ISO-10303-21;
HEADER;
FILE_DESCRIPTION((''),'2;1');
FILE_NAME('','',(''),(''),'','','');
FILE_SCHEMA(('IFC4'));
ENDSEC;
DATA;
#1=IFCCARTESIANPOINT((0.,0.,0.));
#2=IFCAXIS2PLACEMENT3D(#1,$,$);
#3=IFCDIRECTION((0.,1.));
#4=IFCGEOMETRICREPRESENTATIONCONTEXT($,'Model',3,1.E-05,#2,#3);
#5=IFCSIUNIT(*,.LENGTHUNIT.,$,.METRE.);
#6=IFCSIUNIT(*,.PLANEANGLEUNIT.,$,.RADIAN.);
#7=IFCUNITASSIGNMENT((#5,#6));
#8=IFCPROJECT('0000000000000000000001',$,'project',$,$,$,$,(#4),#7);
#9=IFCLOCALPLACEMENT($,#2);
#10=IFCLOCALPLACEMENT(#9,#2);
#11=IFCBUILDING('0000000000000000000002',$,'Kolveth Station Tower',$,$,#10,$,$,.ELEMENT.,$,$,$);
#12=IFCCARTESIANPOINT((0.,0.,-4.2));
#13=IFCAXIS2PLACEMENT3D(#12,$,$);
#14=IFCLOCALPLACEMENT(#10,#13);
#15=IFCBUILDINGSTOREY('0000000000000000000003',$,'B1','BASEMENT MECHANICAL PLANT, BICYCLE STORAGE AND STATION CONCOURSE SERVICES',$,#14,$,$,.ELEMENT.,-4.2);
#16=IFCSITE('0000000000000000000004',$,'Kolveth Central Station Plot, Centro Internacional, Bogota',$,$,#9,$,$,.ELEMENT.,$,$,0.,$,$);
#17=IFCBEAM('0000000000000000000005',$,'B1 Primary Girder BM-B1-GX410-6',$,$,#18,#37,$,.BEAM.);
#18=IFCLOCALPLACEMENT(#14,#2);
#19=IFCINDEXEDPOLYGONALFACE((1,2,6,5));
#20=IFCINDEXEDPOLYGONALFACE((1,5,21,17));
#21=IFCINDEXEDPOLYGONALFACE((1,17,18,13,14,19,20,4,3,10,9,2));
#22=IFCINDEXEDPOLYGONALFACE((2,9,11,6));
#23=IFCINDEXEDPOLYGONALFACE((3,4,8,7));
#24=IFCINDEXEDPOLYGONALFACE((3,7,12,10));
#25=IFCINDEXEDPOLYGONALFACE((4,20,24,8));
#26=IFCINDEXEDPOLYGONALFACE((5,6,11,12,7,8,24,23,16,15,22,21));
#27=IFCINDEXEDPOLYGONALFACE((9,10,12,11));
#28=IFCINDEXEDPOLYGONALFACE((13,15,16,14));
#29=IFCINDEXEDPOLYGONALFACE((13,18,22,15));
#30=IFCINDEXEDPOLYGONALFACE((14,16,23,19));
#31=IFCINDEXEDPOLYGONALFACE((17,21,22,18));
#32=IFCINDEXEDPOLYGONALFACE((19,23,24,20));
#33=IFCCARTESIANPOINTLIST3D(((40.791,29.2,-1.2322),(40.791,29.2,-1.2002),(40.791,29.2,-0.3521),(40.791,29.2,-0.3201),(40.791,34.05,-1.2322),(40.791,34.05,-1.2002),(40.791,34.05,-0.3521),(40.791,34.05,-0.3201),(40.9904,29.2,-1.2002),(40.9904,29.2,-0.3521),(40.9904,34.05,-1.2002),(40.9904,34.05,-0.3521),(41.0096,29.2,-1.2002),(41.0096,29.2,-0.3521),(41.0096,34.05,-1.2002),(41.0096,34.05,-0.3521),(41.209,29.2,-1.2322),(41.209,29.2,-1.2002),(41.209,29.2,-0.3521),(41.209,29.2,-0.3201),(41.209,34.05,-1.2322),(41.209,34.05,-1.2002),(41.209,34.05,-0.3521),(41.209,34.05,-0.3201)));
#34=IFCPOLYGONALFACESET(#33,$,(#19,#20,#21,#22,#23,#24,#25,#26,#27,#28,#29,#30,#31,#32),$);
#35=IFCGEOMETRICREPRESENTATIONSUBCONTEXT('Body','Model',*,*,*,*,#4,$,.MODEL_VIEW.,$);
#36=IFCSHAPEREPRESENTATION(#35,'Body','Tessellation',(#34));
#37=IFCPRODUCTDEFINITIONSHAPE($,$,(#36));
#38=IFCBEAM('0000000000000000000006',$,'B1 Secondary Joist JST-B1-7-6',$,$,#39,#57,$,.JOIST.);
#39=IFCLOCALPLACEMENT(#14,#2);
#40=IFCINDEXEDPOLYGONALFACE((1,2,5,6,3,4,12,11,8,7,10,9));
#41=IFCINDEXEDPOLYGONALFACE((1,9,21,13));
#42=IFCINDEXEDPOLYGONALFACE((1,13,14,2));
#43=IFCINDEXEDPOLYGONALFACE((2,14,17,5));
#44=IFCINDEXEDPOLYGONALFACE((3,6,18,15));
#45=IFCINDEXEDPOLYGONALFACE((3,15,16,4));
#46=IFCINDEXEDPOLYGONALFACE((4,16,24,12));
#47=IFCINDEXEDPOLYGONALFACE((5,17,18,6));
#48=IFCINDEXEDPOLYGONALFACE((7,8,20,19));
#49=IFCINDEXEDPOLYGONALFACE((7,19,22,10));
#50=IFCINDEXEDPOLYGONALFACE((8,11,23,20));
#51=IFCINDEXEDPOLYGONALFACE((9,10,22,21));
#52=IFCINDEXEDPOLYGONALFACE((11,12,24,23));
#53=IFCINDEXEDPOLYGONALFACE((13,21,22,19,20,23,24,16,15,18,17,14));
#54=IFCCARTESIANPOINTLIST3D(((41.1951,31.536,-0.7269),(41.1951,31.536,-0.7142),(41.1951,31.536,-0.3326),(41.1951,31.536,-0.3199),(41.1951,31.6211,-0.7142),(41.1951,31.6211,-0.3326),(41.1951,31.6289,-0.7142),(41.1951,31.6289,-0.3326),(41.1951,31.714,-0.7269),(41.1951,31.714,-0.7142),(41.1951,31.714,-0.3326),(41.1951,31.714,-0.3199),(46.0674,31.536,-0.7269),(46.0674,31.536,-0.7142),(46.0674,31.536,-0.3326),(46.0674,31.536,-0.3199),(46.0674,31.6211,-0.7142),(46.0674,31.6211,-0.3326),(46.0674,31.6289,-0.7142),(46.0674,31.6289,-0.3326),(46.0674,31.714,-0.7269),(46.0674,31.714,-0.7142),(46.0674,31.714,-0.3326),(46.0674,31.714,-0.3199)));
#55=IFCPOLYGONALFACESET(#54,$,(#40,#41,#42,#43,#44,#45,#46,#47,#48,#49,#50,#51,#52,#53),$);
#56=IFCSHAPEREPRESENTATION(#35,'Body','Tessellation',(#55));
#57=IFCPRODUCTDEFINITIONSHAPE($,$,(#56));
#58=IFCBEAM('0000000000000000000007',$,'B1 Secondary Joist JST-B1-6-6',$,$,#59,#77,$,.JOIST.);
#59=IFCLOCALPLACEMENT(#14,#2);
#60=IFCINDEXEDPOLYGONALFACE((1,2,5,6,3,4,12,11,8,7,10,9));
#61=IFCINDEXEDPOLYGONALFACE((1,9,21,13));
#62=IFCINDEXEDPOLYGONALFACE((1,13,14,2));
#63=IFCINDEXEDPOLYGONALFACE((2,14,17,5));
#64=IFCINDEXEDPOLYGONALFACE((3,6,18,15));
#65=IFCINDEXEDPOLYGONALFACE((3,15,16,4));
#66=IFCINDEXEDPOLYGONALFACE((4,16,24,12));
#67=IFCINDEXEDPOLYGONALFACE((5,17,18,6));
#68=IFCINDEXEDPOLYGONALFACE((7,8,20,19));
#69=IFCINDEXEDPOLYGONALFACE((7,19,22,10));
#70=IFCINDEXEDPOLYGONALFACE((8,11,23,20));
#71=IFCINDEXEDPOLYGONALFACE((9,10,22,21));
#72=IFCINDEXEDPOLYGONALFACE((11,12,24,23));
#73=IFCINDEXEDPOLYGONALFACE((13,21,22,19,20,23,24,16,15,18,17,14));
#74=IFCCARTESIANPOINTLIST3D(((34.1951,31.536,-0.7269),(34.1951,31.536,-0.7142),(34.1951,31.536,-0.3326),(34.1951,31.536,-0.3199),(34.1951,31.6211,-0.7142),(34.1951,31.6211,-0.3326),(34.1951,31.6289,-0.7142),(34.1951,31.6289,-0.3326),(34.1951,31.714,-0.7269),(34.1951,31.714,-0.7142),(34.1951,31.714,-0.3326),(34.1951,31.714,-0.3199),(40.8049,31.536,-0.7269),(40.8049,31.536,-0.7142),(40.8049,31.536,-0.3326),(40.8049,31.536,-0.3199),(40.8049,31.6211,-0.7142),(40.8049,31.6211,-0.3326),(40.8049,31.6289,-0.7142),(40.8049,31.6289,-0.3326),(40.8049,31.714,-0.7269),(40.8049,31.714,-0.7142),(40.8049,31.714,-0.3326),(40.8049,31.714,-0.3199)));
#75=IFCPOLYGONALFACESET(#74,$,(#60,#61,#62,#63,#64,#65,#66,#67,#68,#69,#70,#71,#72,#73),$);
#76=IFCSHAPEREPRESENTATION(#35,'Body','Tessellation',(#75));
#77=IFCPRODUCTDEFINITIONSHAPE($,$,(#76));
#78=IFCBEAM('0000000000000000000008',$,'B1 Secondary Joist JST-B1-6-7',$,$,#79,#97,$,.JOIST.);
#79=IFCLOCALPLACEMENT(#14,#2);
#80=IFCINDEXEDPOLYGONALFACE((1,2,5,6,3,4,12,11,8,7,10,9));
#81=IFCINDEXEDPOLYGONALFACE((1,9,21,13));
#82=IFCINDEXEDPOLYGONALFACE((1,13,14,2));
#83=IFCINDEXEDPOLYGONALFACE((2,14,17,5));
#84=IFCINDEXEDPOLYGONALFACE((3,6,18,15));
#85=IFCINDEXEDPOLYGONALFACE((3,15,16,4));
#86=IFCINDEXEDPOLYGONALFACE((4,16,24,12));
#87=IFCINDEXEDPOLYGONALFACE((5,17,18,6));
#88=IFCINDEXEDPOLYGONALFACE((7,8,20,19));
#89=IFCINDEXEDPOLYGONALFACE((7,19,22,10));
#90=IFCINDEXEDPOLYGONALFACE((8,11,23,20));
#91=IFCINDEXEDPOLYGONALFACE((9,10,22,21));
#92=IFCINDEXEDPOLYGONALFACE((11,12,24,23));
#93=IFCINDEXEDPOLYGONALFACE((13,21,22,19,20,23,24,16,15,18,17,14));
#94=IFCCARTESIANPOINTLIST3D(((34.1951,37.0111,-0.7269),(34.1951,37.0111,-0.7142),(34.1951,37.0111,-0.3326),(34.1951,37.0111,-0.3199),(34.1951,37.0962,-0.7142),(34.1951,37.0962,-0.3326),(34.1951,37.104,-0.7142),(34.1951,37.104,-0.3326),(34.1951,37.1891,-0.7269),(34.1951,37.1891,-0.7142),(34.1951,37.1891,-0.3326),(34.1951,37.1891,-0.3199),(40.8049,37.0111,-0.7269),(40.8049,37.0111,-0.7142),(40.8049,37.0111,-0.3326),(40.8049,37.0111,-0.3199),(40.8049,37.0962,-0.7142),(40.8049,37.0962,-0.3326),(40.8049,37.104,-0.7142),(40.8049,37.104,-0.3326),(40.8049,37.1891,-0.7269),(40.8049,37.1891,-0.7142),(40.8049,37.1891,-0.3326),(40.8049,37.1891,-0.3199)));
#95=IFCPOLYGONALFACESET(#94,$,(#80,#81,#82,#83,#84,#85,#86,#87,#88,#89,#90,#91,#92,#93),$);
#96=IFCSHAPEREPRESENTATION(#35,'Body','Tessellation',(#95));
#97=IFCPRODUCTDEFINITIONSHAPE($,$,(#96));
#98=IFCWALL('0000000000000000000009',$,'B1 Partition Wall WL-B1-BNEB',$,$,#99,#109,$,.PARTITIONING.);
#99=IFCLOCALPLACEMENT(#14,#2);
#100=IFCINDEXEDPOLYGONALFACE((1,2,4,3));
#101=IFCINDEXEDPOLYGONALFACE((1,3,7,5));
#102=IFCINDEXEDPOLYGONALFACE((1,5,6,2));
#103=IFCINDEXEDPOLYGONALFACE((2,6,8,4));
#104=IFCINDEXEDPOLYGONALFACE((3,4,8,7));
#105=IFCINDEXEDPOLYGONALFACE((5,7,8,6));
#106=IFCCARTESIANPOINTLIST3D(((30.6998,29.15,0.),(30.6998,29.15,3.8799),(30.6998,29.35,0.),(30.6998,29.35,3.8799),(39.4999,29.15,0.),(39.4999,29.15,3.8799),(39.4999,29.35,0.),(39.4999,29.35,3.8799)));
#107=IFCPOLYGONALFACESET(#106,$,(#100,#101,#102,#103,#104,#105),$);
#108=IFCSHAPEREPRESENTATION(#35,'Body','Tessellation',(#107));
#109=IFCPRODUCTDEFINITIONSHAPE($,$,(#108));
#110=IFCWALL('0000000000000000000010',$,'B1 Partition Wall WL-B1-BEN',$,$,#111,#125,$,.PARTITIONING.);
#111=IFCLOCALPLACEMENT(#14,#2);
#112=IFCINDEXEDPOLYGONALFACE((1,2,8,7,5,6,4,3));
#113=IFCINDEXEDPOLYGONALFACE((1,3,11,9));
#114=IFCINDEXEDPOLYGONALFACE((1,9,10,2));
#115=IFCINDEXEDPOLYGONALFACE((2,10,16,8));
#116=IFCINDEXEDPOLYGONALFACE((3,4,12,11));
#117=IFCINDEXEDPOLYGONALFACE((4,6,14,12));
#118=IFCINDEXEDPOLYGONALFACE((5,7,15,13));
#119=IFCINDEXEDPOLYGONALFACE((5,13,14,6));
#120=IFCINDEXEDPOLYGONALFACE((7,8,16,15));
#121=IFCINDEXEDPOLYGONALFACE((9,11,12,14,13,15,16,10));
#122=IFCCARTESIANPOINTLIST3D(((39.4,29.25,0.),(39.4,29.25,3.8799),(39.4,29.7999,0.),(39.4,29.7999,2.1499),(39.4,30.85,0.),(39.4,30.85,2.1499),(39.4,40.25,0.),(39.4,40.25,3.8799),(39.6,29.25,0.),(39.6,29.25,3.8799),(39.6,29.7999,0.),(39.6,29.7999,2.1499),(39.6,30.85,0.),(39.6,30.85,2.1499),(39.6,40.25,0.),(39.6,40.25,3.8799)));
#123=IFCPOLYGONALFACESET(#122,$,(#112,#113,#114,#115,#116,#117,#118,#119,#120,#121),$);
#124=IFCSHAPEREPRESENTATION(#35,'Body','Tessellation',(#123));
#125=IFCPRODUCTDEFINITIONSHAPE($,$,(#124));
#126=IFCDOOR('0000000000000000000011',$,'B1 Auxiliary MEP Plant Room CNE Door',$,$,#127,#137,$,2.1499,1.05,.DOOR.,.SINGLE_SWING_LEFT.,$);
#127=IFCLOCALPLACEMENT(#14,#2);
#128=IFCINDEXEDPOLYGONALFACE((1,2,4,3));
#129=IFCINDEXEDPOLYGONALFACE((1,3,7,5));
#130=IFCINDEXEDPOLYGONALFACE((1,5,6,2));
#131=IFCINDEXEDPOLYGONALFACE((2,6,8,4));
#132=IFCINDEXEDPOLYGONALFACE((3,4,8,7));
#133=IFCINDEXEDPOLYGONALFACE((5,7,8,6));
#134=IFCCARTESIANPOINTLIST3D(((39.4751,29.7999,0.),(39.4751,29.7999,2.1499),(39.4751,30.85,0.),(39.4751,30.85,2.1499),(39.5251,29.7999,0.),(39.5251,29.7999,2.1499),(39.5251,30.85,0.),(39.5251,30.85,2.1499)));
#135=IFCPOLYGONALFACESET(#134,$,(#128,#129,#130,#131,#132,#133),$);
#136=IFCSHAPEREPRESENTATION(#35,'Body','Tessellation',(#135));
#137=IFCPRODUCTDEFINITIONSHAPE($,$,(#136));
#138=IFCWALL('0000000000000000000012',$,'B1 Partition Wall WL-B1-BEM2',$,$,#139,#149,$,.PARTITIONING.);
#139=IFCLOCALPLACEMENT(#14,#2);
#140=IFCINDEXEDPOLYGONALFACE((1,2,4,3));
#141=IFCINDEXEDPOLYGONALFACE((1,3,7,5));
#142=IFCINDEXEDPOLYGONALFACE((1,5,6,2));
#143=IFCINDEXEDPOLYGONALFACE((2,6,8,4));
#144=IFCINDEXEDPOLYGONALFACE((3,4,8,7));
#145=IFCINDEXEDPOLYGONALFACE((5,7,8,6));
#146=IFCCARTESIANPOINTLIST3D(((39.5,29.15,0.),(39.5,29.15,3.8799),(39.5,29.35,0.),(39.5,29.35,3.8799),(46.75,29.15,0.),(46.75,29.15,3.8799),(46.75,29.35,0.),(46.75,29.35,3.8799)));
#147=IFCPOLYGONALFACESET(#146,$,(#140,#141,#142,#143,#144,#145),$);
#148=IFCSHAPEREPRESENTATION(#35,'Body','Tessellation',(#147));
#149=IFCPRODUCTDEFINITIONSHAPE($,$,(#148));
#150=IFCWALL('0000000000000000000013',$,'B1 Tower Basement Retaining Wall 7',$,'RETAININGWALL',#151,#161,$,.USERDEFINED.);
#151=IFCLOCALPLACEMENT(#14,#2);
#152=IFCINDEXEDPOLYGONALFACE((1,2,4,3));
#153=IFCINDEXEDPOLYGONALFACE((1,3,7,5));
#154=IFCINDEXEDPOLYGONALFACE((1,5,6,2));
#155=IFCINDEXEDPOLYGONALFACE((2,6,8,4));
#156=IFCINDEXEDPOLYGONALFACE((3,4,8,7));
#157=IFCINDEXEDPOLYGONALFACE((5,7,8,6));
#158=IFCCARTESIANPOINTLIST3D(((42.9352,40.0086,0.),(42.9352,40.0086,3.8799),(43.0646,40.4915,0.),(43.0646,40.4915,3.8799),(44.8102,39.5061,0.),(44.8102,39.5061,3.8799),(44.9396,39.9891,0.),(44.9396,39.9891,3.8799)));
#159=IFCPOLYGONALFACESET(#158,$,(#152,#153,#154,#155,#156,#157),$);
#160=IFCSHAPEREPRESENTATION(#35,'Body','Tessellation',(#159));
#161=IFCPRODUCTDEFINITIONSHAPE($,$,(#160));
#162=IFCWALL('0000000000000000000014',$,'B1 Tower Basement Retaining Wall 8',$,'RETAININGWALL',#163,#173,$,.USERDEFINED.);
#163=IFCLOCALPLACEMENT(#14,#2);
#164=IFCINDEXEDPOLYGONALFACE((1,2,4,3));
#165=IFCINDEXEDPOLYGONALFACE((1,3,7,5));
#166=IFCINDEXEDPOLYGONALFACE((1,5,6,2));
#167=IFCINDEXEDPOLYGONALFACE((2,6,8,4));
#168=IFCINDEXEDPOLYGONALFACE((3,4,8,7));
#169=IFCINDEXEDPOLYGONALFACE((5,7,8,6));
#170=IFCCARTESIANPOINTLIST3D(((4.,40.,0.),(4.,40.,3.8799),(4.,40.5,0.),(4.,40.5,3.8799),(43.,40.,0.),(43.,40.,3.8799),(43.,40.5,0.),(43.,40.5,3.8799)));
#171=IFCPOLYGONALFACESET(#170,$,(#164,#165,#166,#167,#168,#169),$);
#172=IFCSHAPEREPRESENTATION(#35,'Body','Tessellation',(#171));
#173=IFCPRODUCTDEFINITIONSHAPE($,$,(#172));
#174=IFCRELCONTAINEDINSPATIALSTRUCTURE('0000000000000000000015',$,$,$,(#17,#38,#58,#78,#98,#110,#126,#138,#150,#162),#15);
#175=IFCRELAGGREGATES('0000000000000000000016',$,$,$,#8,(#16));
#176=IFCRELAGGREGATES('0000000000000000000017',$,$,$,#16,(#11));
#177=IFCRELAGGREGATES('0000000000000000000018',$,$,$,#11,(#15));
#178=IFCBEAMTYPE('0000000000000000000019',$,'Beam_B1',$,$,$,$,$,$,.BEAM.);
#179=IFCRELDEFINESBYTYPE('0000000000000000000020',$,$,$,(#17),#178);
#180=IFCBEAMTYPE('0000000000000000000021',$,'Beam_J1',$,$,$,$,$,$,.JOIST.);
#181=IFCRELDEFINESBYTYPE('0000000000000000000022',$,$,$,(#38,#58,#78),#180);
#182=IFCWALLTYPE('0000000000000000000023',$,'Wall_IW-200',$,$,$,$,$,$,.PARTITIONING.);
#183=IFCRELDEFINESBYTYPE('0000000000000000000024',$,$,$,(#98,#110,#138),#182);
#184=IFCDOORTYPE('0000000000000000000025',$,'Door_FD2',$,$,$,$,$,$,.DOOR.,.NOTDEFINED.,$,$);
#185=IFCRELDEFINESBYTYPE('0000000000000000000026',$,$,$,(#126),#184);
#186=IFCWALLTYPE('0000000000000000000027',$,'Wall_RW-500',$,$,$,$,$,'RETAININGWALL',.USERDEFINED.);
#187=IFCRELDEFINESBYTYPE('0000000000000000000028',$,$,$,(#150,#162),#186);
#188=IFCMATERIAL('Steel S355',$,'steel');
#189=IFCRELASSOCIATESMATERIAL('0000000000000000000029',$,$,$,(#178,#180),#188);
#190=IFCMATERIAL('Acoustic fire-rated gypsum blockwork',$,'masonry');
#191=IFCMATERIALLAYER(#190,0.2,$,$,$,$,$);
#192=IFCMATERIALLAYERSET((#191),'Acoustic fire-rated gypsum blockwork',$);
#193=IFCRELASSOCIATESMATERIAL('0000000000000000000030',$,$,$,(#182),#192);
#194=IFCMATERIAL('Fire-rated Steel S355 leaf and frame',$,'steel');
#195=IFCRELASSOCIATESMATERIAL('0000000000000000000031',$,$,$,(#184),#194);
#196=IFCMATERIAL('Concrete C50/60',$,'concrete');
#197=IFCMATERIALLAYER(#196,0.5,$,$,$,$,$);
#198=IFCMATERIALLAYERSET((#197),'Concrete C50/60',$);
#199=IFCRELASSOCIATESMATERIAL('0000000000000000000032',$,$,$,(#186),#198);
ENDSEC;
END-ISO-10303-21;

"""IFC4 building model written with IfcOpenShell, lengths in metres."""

from ifc_helpers import new_model, si_unit, direction, frame, frame_2d, origin, origin_2d, place, context, subcontext, project, spatial, rectangle, i_section, extrude, source, transform, mapped, material, layer, layer_set, material_profile, profile_set, type_object, element, fill, save


model = new_model("IFC4")

# Units and contexts
model_context = context("Model", 3, precision=1e-05, world=origin(), true_north=direction((0.0, 1.0)))
body_context = subcontext(model_context, "Body", "Model", "MODEL_VIEW")
ifc_project = project(units=[si_unit("LENGTHUNIT", "METRE"), si_unit("PLANEANGLEUNIT", "RADIAN")], contexts=[model_context])

# Site, building, storey
site_placement = place(None, origin())
site = spatial("IfcSite", under=ifc_project, at=site_placement, Name="Kolveth Central Station Plot, Centro Internacional, Bogota", CompositionType="ELEMENT", RefElevation=0.0)
building_placement = place(site_placement, origin())
building = spatial("IfcBuilding", under=site, at=building_placement, Name="Kolveth Station Tower", CompositionType="ELEMENT")
storey_placement = place(building_placement, frame((0.0, 0.0, -4.2)))
storey = spatial("IfcBuildingStorey", under=building, at=storey_placement, Name="B1", Description="BASEMENT MECHANICAL PLANT, BICYCLE STORAGE AND STATION CONCOURSE SERVICES", CompositionType="ELEMENT", Elevation=-4.2)

# Beams
ifc_material_1 = material(Name="Steel S355", Category="steel")
ifc_material_profile_1 = material_profile(ifc_material_1, i_section(OverallWidth=0.418, OverallDepth=0.9121, WebThickness=0.0193, FlangeThickness=0.032, at=origin_2d()), Name="W920x342")
ifc_profile_set_1 = profile_set([ifc_material_profile_1], Name="Steel S355")
beam_type_1 = type_object("IfcBeamType", Name="Beam_B1", PredefinedType="BEAM", material=ifc_profile_set_1)
shared_shape_1 = source(origin(), body_context, "Body", "SweptSolid", [
    extrude(i_section(OverallWidth=0.418, OverallDepth=0.9121, WebThickness=0.0193, FlangeThickness=0.032, at=origin_2d()), origin(), (0.0, 0.0, 1.0), 4.8501),
])
for number, where, z_axis, x_axis, name in (
    (1, (41.0, 29.2, -0.7761), (0.0, 1.0, 0.0), (-1.0, 0.0, 0.0), "B1 Primary Girder BM-B1-GX410-6"),
):
    element("IfcBeam", number, at=place(storey_placement, frame(where, z_axis=z_axis, x_axis=x_axis)), inside=storey, type_object=beam_type_1, Name=name, PredefinedType="BEAM", context=body_context, shape_type="MappedRepresentation", body=[
        mapped(shared_shape_1, transform((0.0, 0.0, 0.0), x_axis=(1.0, 0.0, 0.0), y_axis=(0.0, 1.0, 0.0), z_axis=(0.0, 0.0, 1.0), scale=1.0)),
    ])
ifc_material_profile_2 = material_profile(ifc_material_1, i_section(OverallWidth=0.178, OverallDepth=0.407, WebThickness=0.0078, FlangeThickness=0.0127, at=origin_2d()), Name="W410x60")
ifc_profile_set_2 = profile_set([ifc_material_profile_2], Name="Steel S355")
beam_type_2 = type_object("IfcBeamType", Name="Beam_J1", PredefinedType="JOIST", material=ifc_profile_set_2)
shared_shape_2 = source(origin(), body_context, "Body", "SweptSolid", [
    extrude(i_section(OverallWidth=0.178, OverallDepth=0.407, WebThickness=0.0078, FlangeThickness=0.0127, at=origin_2d()), origin(), (0.0, 0.0, 1.0), 4.8723),
])
beam_1_placement = place(storey_placement, frame((41.1951, 31.625, -0.5234), z_axis=(1.0, 0.0, 0.0), x_axis=(0.0, 1.0, 0.0)))
element("IfcBeam", 2, at=beam_1_placement, inside=storey, type_object=beam_type_2, Name="B1 Secondary Joist JST-B1-7-6", PredefinedType="JOIST", context=body_context, shape_type="MappedRepresentation", body=[
    mapped(shared_shape_2, transform((0.0, 0.0, 0.0), x_axis=(1.0, 0.0, 0.0), y_axis=(0.0, 1.0, 0.0), z_axis=(0.0, 0.0, 1.0), scale=1.0)),
])
shared_shape_3 = source(origin(), body_context, "Body", "SweptSolid", [
    extrude(i_section(OverallWidth=0.178, OverallDepth=0.407, WebThickness=0.0078, FlangeThickness=0.0127, at=origin_2d()), origin(), (0.0, 0.0, 1.0), 6.6099),
])
for number, where, z_axis, x_axis, name in (
    (3, (34.1951, 31.625, -0.5234), (1.0, 0.0, 0.0), (0.0, 1.0, 0.0), "B1 Secondary Joist JST-B1-6-6"),
    (4, (34.1951, 37.1001, -0.5234), (1.0, 0.0, 0.0), (0.0, 1.0, 0.0), "B1 Secondary Joist JST-B1-6-7"),
):
    element("IfcBeam", number, at=place(storey_placement, frame(where, z_axis=z_axis, x_axis=x_axis)), inside=storey, type_object=beam_type_2, Name=name, PredefinedType="JOIST", context=body_context, shape_type="MappedRepresentation", body=[
        mapped(shared_shape_3, transform((0.0, 0.0, 0.0), x_axis=(1.0, 0.0, 0.0), y_axis=(0.0, 1.0, 0.0), z_axis=(0.0, 0.0, 1.0), scale=1.0)),
    ])

# Wall
ifc_material_2 = material(Name="Acoustic fire-rated gypsum blockwork", Category="masonry")
ifc_layer_1 = layer(ifc_material_2, 0.2)
ifc_layer_set_1 = layer_set([ifc_layer_1], Name="Acoustic fire-rated gypsum blockwork")
wall_type_1 = type_object("IfcWallType", Name="Wall_IW-200", PredefinedType="PARTITIONING", material=ifc_layer_set_1)
wall_1_placement = place(storey_placement, frame((30.7, 29.25, 0.0), z_axis=(0.0, 0.0, 1.0), x_axis=(1.0, 0.0, 0.0)))
element("IfcWall", 5, at=wall_1_placement, inside=storey, type_object=wall_type_1, Name="B1 Partition Wall WL-B1-BNEB", PredefinedType="PARTITIONING", context=body_context, shape_type="SweptSolid", body=[
    extrude(rectangle(XDim=8.8, YDim=0.2, at=frame_2d((4.3999, 0.0))), origin(), (0.0, 0.0, 1.0), 3.8799),
])

# Wall, opening, door
wall_2_placement = place(storey_placement, frame((39.5, 29.25, 0.0), z_axis=(0.0, 0.0, 1.0), x_axis=(0.0, 1.0, 0.0)))
wall_2 = element("IfcWall", 6, at=wall_2_placement, inside=storey, type_object=wall_type_1, Name="B1 Partition Wall WL-B1-BEN", PredefinedType="PARTITIONING", context=body_context, shape_type="SweptSolid", body=[
    extrude(rectangle(XDim=11.0, YDim=0.2, at=frame_2d((5.5, 0.0))), origin(), (0.0, 0.0, 1.0), 3.8799),
])
opening_placement = place(wall_2_placement, frame((0.55, 0.0, 0.0)))
opening = element("IfcOpeningElement", 7, at=opening_placement, cuts=wall_2, PredefinedType="OPENING", context=body_context, shape_type="SweptSolid", body=[
    extrude(rectangle(XDim=1.05, YDim=2.1499, at=frame_2d((0.5249, 1.075))), frame((0.0, 0.1099, 0.0), z_axis=(0.0, -1.0, 0.0), x_axis=(1.0, 0.0, 0.0)), (0.0, 0.0, 1.0), 0.22),
])
ifc_material_3 = material(Name="Fire-rated Steel S355 leaf and frame", Category="steel")
door_type = type_object("IfcDoorType", Name="Door_FD2", OperationType="NOTDEFINED", PredefinedType="DOOR", material=ifc_material_3)
door_placement = place(opening_placement, origin())
door = element("IfcDoor", 8, at=door_placement, inside=storey, type_object=door_type, Name="B1 Auxiliary MEP Plant Room CNE Door", OperationType="SINGLE_SWING_LEFT", OverallHeight=2.1499, OverallWidth=1.05, PredefinedType="DOOR", context=body_context, shape_type="SweptSolid", body=[
    extrude(rectangle(XDim=1.05, YDim=2.1499, at=frame_2d((0.5249, 1.075))), frame((0.0, 0.0249, 0.0), z_axis=(0.0, -1.0, 0.0), x_axis=(1.0, 0.0, 0.0)), (0.0, 0.0, 1.0), 0.05),
])
fill(opening, door)

# Walls
wall_3_placement = place(storey_placement, frame((39.5, 29.25, 0.0), z_axis=(0.0, 0.0, 1.0), x_axis=(1.0, 0.0, 0.0)))
element("IfcWall", 9, at=wall_3_placement, inside=storey, type_object=wall_type_1, Name="B1 Partition Wall WL-B1-BEM2", PredefinedType="PARTITIONING", context=body_context, shape_type="SweptSolid", body=[
    extrude(rectangle(XDim=7.25, YDim=0.2, at=frame_2d((3.625, 0.0))), origin(), (0.0, 0.0, 1.0), 3.8799),
])
ifc_material_4 = material(Name="Concrete C50/60", Category="concrete")
ifc_layer_2 = layer(ifc_material_4, 0.5)
ifc_layer_set_2 = layer_set([ifc_layer_2], Name="Concrete C50/60")
wall_type_2 = type_object("IfcWallType", Name="Wall_RW-500", ElementType="RETAININGWALL", PredefinedType="USERDEFINED", material=ifc_layer_set_2)
wall_4_placement = place(storey_placement, frame((44.875, 39.7476, 0.0), z_axis=(0.0, 0.0, 1.0), x_axis=(-0.965921, 0.258837, 0.0)))
element("IfcWall", 10, at=wall_4_placement, inside=storey, type_object=wall_type_2, Name="B1 Tower Basement Retaining Wall 7", ObjectType="RETAININGWALL", PredefinedType="USERDEFINED", context=body_context, shape_type="SweptSolid", body=[
    extrude(rectangle(XDim=1.9412, YDim=0.5, at=frame_2d((0.9707, 0.0))), origin(), (0.0, 0.0, 1.0), 3.8799),
])
wall_5_placement = place(storey_placement, frame((43.0, 40.25, 0.0), z_axis=(0.0, 0.0, 1.0), x_axis=(-1.0, 0.0, 0.0)))
element("IfcWall", 11, at=wall_5_placement, inside=storey, type_object=wall_type_2, Name="B1 Tower Basement Retaining Wall 8", ObjectType="RETAININGWALL", PredefinedType="USERDEFINED", context=body_context, shape_type="SweptSolid", body=[
    extrude(rectangle(XDim=39.0, YDim=0.5, at=frame_2d((19.5, 0.0))), origin(), (0.0, 0.0, 1.0), 3.8799),
])

save(model, "model.ifc")
